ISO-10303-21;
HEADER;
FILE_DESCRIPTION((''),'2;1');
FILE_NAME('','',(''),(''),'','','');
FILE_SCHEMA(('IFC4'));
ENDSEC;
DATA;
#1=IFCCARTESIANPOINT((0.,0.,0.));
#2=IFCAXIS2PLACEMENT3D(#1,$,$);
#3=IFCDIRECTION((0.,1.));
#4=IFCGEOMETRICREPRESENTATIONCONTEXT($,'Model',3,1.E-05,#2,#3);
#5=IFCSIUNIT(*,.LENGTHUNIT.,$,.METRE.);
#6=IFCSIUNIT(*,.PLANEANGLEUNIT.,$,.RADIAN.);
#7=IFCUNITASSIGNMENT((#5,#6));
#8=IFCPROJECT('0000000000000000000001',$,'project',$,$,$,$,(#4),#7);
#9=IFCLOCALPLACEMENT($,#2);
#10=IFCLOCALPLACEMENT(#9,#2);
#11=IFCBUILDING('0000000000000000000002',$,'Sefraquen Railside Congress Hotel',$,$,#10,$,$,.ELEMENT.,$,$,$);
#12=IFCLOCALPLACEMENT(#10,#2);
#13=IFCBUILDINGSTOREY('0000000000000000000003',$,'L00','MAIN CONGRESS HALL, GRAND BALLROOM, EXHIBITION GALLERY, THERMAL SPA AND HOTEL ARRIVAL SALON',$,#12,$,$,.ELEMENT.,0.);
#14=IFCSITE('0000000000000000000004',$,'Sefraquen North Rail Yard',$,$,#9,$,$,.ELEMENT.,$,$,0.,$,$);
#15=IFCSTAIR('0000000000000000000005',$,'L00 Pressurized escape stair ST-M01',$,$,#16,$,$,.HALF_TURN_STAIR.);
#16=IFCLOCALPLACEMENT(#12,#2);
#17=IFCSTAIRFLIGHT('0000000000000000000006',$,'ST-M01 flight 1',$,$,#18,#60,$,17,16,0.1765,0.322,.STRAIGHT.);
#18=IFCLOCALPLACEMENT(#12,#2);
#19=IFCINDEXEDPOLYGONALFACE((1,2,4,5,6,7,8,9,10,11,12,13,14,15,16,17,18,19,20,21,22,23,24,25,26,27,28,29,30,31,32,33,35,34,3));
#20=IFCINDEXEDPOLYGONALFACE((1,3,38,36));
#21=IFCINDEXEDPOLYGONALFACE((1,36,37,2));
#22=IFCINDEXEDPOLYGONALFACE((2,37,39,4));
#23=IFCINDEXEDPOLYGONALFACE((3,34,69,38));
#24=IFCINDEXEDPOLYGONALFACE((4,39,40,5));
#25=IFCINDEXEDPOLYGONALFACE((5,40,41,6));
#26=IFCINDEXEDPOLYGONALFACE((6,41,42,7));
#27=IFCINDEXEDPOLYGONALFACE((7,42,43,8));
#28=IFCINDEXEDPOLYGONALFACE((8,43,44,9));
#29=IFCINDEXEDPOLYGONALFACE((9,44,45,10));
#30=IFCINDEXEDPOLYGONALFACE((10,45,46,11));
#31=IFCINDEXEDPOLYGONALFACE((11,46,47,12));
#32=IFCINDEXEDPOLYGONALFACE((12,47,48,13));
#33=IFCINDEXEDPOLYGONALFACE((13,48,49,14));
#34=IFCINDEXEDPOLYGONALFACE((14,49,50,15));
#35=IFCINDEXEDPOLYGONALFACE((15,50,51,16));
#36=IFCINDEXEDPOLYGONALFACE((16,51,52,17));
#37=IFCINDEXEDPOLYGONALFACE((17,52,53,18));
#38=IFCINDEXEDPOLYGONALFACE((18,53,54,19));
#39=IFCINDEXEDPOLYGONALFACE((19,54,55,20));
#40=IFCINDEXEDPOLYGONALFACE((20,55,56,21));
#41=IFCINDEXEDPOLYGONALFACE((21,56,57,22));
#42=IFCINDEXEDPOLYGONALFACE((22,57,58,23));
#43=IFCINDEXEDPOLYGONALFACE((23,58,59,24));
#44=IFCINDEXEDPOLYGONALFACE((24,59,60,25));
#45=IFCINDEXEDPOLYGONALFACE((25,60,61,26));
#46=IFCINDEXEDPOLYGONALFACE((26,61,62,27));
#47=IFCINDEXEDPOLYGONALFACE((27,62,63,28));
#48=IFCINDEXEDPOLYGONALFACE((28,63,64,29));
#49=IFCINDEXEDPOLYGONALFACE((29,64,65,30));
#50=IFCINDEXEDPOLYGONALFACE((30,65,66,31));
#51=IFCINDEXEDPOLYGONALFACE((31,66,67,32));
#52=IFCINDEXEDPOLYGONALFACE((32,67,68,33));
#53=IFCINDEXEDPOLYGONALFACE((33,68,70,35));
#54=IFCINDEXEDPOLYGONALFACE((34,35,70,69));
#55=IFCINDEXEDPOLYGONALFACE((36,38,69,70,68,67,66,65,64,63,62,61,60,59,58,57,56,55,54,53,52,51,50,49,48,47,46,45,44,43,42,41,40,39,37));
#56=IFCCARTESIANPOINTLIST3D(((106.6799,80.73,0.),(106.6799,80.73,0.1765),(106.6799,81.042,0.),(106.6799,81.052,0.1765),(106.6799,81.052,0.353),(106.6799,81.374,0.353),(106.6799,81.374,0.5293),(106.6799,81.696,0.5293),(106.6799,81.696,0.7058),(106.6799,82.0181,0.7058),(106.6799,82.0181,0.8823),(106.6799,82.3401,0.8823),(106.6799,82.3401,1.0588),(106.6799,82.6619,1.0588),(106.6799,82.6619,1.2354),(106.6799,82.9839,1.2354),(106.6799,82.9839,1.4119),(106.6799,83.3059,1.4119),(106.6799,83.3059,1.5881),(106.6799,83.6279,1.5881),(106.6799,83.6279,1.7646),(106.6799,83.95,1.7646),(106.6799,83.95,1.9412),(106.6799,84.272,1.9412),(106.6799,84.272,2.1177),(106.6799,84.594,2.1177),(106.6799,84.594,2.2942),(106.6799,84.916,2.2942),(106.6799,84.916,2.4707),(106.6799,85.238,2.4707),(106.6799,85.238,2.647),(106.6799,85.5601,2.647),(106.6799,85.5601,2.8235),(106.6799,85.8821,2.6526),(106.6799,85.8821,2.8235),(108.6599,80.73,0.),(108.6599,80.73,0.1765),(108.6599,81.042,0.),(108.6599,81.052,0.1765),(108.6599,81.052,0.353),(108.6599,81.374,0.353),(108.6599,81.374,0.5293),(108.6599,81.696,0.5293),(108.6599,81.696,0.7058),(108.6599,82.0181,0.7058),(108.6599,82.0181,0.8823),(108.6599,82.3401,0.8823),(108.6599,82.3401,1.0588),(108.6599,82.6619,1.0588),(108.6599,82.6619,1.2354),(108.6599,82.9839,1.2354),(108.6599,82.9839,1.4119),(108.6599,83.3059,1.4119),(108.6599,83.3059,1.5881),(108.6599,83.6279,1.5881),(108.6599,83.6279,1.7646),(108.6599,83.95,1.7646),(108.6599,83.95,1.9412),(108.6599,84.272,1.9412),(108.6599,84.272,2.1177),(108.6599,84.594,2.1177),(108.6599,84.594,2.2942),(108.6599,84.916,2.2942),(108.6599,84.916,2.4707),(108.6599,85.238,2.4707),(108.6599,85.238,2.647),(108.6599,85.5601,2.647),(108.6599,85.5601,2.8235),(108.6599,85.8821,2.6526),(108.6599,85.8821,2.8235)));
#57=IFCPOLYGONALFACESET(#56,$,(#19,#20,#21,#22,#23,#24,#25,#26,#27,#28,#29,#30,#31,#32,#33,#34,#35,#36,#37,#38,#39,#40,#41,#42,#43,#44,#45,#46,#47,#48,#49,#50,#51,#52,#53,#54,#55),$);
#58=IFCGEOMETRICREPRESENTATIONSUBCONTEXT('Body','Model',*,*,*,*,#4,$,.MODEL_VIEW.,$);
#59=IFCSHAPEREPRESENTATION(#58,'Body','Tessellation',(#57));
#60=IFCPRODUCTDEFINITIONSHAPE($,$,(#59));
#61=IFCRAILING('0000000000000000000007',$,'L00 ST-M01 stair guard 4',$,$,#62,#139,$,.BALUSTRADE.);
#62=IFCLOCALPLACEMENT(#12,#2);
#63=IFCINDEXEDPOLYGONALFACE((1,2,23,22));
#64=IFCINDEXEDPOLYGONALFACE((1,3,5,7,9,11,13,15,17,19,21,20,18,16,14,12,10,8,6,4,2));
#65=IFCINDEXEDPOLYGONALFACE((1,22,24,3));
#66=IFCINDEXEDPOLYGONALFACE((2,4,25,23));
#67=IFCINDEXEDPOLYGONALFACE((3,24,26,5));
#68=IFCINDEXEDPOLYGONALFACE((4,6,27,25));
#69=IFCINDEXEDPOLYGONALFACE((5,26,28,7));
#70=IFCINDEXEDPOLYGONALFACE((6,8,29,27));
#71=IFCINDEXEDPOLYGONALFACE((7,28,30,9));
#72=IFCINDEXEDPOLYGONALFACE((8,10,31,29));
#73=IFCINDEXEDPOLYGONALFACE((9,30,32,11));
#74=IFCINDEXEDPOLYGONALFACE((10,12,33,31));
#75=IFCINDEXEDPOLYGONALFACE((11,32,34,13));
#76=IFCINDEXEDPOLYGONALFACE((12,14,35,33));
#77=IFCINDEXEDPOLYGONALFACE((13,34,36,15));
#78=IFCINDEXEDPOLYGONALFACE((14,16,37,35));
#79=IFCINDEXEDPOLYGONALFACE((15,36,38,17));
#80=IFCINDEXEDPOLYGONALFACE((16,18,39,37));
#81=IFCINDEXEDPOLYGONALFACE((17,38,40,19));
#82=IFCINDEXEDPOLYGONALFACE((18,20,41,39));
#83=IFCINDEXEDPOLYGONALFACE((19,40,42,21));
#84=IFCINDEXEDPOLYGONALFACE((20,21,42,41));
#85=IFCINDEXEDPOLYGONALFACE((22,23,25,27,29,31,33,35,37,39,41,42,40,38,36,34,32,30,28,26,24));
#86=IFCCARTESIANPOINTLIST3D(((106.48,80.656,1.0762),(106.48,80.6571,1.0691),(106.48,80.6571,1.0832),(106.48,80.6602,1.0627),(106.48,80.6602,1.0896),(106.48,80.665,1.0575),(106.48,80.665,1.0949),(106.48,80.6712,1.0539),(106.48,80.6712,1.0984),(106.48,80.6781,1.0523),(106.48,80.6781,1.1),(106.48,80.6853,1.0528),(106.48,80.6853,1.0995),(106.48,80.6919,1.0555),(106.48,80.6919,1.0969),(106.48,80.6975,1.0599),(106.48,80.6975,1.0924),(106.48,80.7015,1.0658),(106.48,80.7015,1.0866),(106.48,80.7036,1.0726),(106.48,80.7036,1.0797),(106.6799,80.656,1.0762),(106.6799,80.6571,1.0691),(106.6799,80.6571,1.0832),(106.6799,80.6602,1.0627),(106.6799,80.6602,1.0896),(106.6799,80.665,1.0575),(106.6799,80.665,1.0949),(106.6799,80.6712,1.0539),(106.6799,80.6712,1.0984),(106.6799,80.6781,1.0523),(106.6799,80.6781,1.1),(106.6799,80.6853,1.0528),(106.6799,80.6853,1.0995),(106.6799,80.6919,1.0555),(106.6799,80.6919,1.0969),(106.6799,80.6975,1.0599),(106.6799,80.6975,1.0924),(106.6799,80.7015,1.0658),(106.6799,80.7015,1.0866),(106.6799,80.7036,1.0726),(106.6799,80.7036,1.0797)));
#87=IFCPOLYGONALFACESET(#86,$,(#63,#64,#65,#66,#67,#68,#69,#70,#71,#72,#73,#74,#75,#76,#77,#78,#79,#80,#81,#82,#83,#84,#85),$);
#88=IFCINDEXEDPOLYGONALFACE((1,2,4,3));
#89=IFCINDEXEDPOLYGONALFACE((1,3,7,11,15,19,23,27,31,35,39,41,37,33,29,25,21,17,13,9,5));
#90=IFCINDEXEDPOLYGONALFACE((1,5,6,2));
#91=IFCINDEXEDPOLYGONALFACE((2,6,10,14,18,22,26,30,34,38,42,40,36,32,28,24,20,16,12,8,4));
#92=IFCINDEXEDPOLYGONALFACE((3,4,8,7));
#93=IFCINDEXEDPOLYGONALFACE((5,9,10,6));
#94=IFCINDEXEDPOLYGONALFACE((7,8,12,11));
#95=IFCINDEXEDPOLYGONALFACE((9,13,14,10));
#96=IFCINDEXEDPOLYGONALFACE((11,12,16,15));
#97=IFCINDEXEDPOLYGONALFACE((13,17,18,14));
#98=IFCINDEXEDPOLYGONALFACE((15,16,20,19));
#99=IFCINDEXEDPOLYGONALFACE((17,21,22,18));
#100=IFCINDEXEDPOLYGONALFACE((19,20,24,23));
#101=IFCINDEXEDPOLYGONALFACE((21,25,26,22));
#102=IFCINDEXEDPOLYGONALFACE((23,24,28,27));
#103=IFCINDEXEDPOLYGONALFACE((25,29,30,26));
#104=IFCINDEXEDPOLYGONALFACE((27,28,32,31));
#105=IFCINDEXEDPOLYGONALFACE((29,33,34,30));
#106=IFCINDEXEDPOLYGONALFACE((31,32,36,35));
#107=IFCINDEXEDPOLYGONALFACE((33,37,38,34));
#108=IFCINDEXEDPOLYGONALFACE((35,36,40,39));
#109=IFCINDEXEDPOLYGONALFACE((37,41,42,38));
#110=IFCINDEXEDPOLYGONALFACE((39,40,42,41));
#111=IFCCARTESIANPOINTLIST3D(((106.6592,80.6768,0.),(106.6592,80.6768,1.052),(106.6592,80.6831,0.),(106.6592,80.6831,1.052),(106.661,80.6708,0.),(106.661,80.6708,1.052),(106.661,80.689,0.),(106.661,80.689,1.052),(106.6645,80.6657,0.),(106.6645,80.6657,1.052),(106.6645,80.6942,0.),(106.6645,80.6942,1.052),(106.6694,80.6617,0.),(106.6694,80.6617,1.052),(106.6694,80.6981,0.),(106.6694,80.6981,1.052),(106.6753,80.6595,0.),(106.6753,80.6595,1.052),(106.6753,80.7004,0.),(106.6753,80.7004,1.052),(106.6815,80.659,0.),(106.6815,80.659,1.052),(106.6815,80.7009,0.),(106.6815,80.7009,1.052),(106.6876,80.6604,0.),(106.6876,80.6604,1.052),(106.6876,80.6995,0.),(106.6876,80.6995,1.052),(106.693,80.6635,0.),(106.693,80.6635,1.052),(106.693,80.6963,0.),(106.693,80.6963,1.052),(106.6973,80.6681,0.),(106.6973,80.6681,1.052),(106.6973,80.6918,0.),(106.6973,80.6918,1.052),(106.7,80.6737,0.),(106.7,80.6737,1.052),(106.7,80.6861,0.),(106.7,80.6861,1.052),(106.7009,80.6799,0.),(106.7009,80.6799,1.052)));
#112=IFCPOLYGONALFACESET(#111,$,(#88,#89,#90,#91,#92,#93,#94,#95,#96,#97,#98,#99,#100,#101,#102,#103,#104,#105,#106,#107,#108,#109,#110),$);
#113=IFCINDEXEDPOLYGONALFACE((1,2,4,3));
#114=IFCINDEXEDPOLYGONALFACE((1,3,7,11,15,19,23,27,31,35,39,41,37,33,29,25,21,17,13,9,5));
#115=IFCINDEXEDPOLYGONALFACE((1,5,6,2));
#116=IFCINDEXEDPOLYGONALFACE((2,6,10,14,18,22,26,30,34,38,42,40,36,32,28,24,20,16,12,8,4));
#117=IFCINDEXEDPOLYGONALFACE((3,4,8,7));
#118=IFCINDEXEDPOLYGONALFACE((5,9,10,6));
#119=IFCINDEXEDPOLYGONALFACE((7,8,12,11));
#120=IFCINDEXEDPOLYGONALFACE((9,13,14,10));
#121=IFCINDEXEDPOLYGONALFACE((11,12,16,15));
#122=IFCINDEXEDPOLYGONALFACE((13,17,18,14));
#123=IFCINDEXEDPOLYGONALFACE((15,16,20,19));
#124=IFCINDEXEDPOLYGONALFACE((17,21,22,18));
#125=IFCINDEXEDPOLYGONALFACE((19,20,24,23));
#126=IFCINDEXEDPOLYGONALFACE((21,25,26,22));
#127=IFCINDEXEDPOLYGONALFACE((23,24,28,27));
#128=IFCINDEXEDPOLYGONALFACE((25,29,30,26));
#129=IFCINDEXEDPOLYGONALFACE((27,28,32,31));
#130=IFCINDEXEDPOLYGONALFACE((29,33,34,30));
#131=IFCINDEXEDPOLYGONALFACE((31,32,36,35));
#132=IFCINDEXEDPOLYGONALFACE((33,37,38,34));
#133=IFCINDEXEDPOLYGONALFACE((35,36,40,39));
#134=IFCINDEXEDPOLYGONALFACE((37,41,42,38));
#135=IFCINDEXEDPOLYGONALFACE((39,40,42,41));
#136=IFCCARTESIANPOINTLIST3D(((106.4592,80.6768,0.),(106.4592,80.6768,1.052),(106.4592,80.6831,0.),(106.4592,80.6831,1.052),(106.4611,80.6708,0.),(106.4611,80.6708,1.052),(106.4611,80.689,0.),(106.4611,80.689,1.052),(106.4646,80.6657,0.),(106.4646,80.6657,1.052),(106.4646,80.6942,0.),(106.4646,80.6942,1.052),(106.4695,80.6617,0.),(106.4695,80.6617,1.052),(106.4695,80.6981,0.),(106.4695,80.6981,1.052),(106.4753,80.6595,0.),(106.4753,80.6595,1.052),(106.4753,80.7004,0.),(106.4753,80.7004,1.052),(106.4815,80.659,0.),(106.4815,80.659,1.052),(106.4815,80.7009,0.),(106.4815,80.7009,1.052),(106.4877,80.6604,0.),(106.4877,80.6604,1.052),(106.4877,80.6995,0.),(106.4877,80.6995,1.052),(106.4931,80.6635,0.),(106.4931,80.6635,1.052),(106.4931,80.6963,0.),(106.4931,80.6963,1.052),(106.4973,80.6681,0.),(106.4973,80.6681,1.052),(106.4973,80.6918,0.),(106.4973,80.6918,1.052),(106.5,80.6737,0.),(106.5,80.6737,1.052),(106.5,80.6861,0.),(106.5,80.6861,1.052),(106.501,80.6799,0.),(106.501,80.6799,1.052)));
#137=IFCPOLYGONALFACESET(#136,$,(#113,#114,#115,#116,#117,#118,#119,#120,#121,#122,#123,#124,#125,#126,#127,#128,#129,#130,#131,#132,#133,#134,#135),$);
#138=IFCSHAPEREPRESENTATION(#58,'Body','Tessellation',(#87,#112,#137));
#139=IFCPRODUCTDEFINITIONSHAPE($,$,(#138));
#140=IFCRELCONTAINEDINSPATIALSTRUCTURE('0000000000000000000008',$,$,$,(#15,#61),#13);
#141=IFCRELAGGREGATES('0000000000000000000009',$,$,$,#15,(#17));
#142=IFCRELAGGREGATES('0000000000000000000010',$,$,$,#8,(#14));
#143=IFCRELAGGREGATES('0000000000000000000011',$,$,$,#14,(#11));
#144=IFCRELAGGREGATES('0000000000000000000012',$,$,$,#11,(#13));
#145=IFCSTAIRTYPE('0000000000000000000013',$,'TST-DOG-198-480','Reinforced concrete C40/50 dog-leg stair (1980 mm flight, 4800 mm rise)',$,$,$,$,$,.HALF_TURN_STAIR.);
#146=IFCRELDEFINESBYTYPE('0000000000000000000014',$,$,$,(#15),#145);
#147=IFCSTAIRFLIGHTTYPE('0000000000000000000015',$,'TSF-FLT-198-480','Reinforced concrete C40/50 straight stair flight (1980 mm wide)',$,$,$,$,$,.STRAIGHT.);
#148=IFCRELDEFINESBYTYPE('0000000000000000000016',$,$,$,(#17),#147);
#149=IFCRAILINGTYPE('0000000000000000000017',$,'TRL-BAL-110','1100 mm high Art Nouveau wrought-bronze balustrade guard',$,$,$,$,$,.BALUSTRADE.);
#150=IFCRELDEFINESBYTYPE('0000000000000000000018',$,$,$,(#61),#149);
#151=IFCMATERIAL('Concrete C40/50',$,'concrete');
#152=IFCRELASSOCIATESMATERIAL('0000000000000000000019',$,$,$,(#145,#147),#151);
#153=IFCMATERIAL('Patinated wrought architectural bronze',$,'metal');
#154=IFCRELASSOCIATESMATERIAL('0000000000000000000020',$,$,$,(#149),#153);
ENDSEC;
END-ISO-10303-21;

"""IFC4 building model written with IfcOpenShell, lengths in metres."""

from ifc_helpers import new_model, si_unit, direction, frame, origin, origin_2d, place, context, subcontext, project, spatial, polyline, circle, outline, extrude, material, type_object, element, aggregate, save


model = new_model("IFC4")

# Units and contexts
model_context = context("Model", 3, precision=1e-05, world=origin(), true_north=direction((0.0, 1.0)))
body_context = subcontext(model_context, "Body", "Model", "MODEL_VIEW")
ifc_project = project(units=[si_unit("LENGTHUNIT", "METRE"), si_unit("PLANEANGLEUNIT", "RADIAN")], contexts=[model_context])

# Site, building, storey
site_placement = place(None, origin())
site = spatial("IfcSite", under=ifc_project, at=site_placement, Name="Sefraquen North Rail Yard", CompositionType="ELEMENT", RefElevation=0.0)
building_placement = place(site_placement, origin())
building = spatial("IfcBuilding", under=site, at=building_placement, Name="Sefraquen Railside Congress Hotel", CompositionType="ELEMENT")
storey_placement = place(building_placement, origin())
storey = spatial("IfcBuildingStorey", under=building, at=storey_placement, Name="L00", Description="MAIN CONGRESS HALL, GRAND BALLROOM, EXHIBITION GALLERY, THERMAL SPA AND HOTEL ARRIVAL SALON", CompositionType="ELEMENT", Elevation=0.0)

# Stair, stair flight
ifc_material_1 = material(Name="Concrete C40/50", Category="concrete")
stair_type = type_object("IfcStairType", Name="TST-DOG-198-480", Description="Reinforced concrete C40/50 dog-leg stair (1980 mm flight, 4800 mm rise)", PredefinedType="HALF_TURN_STAIR", material=ifc_material_1)
stair_placement = place(storey_placement, origin())
stair = element("IfcStair", 1, at=stair_placement, inside=storey, type_object=stair_type, Name="L00 Pressurized escape stair ST-M01", PredefinedType="HALF_TURN_STAIR")
stair_flight_type = type_object("IfcStairFlightType", Name="TSF-FLT-198-480", Description="Reinforced concrete C40/50 straight stair flight (1980 mm wide)", PredefinedType="STRAIGHT", material=ifc_material_1)
stair_flight_placement = place(storey_placement, frame((107.6699, 80.73, 0.0), z_axis=(0.0, 0.0, 1.0), x_axis=(0.0, 1.0, 0.0)))
stair_flight = element("IfcStairFlight", 2, at=stair_flight_placement, type_object=stair_flight_type, Name="ST-M01 flight 1", NumberOfRisers=17, NumberOfTreads=16, PredefinedType="STRAIGHT", RiserHeight=0.1765, TreadLength=0.322, context=body_context, shape_type="SweptSolid", body=[
    extrude(outline(polyline([(0.0, 0.0), (0.0, 0.1765), (0.322, 0.1765), (0.322, 0.353), (0.644, 0.353), (0.644, 0.5293), (0.9661, 0.5293), (0.9661, 0.7058), (1.2881, 0.7058), (1.2881, 0.8823), (1.6101, 0.8823), (1.6101, 1.0588), (1.9319, 1.0588), (1.9319, 1.2354), (2.2539, 1.2354), (2.2539, 1.4119), (2.5759, 1.4119), (2.5759, 1.5881), (2.8979, 1.5881), (2.8979, 1.7646), (3.22, 1.7646), (3.22, 1.9412), (3.542, 1.9412), (3.542, 2.1177), (3.864, 2.1177), (3.864, 2.2942), (4.186, 2.2942), (4.186, 2.4707), (4.5081, 2.4707), (4.5081, 2.647), (4.8301, 2.647), (4.8301, 2.8235), (5.1521, 2.8235), (5.1521, 3.0), (5.1521, 2.6526), (0.312, 0.0), (0.0, 0.0)])), frame((0.0, 0.99, 0.0), z_axis=(0.0, -1.0, 0.0), x_axis=(1.0, 0.0, 0.0)), (0.0, 0.0, 1.0), 1.98),
])
aggregate(stair, [stair_flight])

# Railing
ifc_material_2 = material(Name="Patinated wrought architectural bronze", Category="metal")
railing_type_1 = type_object("IfcRailingType", Name="TRL-BAL-110", Description="1100 mm high Art Nouveau wrought-bronze balustrade guard", PredefinedType="BALUSTRADE", material=ifc_material_2)
railing_1_placement = place(storey_placement, frame((106.6799, 80.6799, 0.0)))
element("IfcRailing", 3, at=railing_1_placement, inside=storey, type_object=railing_type_1, Name="L00 ST-M01 stair guard 4", PredefinedType="BALUSTRADE", context=body_context, shape_type="SweptSolid", body=[
    extrude(circle(Radius=0.0239, at=origin_2d()), frame((0.0, 0.0, 1.0762), z_axis=(-1.0, 0.0, 0.0), x_axis=(0.0, -1.0, 0.0)), (0.0, 0.0, 1.0), 0.2),
    extrude(circle(Radius=0.021, at=origin_2d()), origin(), (0.0, 0.0, 1.0), 1.052),
    extrude(circle(Radius=0.021, at=origin_2d()), frame((-0.2, 0.0, 0.0)), (0.0, 0.0, 1.0), 1.052),
])

save(model, "model.ifc")
